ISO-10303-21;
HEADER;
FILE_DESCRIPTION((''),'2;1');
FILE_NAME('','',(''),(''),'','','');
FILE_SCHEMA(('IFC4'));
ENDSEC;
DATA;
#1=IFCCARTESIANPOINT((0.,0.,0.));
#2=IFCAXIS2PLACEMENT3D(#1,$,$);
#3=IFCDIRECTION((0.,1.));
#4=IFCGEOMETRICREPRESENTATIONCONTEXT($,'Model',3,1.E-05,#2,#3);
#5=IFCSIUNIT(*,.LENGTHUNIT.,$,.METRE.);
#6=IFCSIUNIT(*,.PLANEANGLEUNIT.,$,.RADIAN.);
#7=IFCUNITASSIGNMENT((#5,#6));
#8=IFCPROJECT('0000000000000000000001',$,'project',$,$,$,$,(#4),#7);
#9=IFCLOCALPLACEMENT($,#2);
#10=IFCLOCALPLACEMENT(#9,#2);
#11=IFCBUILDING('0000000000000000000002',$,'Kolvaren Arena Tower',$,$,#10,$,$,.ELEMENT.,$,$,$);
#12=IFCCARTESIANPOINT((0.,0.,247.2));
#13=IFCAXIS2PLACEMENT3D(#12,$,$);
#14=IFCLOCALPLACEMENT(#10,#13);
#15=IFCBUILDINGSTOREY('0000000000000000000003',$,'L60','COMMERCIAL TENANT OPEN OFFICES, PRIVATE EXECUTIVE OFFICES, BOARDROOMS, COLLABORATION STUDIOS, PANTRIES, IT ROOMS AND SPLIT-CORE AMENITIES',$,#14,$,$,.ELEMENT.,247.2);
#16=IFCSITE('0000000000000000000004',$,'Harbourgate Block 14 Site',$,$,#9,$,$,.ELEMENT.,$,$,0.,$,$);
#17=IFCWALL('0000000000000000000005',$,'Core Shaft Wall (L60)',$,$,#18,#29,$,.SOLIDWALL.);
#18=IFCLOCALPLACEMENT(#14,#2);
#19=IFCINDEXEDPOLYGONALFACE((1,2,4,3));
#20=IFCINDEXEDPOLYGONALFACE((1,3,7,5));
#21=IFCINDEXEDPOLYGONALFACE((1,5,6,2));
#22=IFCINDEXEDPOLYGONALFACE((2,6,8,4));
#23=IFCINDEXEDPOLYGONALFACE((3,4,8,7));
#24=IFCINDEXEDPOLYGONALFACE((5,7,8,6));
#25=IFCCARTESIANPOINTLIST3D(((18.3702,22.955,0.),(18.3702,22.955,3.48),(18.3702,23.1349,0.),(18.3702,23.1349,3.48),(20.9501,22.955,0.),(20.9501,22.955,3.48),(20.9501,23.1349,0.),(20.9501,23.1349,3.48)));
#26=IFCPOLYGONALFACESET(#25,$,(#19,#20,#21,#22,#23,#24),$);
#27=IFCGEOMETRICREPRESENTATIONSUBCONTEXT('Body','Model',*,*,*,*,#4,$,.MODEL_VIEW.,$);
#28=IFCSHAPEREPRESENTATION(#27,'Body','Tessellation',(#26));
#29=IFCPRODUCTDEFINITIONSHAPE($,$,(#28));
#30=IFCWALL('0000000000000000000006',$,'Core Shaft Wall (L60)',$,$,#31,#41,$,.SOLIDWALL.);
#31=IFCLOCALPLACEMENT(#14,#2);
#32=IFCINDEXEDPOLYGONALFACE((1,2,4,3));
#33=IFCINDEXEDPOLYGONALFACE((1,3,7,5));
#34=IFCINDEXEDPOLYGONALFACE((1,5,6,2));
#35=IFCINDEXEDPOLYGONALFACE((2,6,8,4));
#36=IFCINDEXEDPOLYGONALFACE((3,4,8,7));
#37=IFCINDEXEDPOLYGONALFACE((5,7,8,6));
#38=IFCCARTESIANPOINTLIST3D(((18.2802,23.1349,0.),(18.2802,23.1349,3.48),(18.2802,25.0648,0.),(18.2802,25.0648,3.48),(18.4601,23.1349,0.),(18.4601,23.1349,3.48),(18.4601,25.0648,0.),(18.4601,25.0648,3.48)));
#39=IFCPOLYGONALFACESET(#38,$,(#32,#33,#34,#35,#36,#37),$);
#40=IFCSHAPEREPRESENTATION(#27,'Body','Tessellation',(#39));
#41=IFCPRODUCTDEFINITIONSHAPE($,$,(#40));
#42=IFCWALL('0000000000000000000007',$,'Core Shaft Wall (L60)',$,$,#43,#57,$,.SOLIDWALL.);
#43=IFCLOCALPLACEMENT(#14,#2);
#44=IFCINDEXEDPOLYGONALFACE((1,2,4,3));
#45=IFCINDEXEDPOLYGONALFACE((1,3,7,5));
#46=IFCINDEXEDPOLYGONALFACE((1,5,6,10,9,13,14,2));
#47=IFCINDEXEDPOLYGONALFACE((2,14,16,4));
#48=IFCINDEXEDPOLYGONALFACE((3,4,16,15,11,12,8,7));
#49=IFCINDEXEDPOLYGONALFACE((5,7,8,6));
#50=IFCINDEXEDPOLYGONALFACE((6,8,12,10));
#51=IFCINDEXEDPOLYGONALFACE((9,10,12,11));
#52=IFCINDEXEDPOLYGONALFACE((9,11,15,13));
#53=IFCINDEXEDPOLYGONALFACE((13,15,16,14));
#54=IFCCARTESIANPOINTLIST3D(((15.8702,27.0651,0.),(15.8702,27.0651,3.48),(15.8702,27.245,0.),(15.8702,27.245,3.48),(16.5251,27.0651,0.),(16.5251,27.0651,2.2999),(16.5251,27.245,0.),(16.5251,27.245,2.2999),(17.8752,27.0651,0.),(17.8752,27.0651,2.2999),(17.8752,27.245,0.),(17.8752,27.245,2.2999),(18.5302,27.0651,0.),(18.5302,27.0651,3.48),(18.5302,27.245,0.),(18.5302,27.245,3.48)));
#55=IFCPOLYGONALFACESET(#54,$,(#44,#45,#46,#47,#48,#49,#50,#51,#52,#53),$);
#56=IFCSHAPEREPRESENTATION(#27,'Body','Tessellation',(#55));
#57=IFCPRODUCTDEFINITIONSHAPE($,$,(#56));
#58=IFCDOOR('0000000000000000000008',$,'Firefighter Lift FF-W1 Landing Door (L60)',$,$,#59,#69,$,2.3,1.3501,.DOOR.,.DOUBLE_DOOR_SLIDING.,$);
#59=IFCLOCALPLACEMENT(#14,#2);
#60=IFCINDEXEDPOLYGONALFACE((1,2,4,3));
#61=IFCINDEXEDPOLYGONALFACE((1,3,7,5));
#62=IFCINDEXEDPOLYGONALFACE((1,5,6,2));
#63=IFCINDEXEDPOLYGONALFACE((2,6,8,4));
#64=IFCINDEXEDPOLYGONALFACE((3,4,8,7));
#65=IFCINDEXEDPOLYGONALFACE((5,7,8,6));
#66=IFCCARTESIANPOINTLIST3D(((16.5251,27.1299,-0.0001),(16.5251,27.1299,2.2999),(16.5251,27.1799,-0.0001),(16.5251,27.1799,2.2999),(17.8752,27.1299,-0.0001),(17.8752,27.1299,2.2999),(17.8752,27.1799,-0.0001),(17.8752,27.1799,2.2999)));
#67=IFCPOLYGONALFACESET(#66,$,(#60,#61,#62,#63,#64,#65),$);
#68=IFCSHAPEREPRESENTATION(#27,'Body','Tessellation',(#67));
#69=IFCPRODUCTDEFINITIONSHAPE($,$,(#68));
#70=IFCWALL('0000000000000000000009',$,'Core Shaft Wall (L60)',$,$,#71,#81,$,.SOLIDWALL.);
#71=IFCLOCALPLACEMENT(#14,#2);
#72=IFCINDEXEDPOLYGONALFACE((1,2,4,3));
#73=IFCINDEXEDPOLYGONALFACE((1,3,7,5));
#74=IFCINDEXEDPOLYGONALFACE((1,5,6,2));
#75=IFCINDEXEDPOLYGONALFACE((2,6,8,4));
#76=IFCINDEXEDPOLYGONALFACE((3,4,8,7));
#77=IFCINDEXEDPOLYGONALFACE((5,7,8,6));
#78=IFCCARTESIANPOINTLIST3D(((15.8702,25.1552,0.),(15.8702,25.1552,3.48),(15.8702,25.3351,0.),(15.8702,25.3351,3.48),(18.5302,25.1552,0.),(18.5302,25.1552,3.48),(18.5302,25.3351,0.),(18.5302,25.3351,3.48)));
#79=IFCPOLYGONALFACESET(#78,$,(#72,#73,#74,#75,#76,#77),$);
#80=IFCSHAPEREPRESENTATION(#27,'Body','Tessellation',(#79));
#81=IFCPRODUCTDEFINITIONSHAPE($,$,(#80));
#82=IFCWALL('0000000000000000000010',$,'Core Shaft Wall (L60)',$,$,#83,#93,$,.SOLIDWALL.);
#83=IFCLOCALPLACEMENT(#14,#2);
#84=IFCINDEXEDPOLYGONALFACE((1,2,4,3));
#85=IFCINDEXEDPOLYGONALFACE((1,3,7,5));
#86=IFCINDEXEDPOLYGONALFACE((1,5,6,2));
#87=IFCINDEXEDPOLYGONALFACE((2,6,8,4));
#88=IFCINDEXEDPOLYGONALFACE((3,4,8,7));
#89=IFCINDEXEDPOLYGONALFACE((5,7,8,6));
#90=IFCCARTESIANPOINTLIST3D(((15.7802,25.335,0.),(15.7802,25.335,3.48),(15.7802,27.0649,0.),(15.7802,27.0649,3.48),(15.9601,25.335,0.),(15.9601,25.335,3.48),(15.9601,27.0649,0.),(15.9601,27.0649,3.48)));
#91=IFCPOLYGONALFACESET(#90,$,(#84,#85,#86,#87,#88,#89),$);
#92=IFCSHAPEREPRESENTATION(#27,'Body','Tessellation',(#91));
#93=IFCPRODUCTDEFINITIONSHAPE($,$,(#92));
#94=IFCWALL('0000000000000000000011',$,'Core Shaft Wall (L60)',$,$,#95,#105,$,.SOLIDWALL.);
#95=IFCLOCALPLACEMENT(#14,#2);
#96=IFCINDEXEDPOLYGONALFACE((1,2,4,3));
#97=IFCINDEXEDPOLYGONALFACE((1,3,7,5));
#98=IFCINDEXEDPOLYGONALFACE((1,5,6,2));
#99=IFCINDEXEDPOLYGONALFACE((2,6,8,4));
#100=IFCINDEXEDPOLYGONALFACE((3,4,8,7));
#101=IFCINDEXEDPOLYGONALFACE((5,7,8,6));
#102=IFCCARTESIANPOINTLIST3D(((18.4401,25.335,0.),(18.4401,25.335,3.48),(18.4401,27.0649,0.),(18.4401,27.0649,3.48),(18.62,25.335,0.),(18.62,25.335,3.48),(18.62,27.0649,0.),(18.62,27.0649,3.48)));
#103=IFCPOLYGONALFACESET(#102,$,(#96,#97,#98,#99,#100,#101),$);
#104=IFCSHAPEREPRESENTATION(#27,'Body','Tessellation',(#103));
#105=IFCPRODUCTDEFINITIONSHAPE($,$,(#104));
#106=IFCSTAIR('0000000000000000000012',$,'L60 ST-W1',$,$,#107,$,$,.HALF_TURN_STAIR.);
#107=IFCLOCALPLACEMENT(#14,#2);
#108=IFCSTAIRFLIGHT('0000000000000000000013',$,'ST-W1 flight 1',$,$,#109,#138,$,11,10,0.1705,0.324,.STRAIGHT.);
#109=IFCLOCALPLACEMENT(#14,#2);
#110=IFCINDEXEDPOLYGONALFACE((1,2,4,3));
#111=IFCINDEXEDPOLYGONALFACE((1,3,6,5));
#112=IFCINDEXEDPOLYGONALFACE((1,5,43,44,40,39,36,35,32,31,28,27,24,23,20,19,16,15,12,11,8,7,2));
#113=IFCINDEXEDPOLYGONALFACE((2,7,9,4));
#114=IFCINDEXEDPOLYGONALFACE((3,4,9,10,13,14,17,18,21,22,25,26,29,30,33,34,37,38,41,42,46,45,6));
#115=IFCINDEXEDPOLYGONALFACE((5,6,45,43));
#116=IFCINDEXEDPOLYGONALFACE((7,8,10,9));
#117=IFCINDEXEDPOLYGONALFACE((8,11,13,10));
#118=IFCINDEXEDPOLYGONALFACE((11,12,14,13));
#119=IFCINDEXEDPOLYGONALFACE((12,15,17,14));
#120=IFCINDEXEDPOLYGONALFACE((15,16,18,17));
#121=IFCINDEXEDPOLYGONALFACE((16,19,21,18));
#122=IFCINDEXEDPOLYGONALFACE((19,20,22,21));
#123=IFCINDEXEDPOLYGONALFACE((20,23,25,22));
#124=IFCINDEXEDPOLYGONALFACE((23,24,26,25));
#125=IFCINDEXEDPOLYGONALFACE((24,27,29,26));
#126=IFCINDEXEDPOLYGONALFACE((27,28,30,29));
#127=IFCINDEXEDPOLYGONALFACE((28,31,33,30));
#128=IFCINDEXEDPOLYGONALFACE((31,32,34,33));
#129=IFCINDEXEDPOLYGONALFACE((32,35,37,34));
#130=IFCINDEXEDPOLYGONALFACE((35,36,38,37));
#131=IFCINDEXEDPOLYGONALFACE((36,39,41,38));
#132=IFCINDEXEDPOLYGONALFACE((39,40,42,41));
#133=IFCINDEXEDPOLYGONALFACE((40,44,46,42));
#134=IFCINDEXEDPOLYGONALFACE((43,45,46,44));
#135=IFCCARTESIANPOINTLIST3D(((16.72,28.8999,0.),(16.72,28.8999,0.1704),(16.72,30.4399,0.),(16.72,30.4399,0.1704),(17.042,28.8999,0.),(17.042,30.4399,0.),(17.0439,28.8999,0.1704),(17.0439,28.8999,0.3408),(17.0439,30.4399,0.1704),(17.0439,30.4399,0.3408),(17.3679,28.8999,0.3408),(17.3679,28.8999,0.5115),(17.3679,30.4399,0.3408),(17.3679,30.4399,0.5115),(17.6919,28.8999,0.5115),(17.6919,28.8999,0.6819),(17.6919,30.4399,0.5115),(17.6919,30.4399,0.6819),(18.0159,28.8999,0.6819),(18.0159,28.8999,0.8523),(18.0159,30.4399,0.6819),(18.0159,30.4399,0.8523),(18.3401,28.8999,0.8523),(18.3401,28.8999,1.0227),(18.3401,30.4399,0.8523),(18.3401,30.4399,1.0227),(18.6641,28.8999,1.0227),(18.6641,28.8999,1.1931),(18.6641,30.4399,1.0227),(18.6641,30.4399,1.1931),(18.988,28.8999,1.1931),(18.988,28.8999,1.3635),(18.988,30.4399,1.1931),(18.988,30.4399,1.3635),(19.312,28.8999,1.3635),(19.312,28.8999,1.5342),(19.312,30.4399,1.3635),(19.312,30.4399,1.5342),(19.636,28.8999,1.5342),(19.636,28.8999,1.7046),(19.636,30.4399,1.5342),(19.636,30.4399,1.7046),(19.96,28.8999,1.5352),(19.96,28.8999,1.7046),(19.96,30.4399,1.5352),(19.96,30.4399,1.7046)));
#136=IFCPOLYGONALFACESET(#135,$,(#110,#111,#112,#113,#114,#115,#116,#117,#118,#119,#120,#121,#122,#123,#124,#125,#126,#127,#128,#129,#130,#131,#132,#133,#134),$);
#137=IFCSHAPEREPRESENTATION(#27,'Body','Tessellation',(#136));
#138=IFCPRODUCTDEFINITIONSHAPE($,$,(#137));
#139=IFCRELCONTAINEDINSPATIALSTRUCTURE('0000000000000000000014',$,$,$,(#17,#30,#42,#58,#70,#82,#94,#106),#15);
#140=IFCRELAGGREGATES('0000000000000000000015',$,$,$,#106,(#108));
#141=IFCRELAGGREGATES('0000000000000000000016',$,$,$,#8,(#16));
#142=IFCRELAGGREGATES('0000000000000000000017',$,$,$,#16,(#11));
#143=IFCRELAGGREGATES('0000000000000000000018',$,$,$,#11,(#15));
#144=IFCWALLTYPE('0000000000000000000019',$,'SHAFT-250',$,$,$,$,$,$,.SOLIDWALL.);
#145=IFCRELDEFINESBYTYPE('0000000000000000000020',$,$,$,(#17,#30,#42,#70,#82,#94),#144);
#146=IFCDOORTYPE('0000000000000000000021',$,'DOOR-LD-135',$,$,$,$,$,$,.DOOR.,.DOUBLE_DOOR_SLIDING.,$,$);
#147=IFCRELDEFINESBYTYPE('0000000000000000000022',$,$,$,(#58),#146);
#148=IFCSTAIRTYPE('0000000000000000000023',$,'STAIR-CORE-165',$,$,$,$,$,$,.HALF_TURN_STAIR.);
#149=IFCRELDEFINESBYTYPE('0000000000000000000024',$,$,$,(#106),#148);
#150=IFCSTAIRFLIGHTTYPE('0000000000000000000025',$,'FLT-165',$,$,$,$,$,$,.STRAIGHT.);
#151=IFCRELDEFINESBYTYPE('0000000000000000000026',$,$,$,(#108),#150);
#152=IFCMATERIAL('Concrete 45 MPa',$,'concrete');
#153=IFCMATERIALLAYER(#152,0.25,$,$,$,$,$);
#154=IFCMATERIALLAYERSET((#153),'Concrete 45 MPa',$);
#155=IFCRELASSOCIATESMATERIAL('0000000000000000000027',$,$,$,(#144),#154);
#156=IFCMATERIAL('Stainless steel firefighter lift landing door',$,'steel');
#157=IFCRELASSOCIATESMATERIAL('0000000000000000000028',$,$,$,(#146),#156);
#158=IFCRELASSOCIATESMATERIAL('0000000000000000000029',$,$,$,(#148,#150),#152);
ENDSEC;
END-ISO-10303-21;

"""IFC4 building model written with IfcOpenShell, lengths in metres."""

from ifc_helpers import new_model, si_unit, direction, frame, frame_2d, origin, place, context, subcontext, project, spatial, polyline, rectangle, outline, extrude, material, layer, layer_set, type_object, element, fill, aggregate, save


model = new_model("IFC4")

# Units and contexts
model_context = context("Model", 3, precision=1e-05, world=origin(), true_north=direction((0.0, 1.0)))
body_context = subcontext(model_context, "Body", "Model", "MODEL_VIEW")
ifc_project = project(units=[si_unit("LENGTHUNIT", "METRE"), si_unit("PLANEANGLEUNIT", "RADIAN")], contexts=[model_context])

# Site, building, storey
site_placement = place(None, origin())
site = spatial("IfcSite", under=ifc_project, at=site_placement, Name="Harbourgate Block 14 Site", CompositionType="ELEMENT", RefElevation=0.0)
building_placement = place(site_placement, origin())
building = spatial("IfcBuilding", under=site, at=building_placement, Name="Kolvaren Arena Tower", CompositionType="ELEMENT")
storey_placement = place(building_placement, frame((0.0, 0.0, 247.2)))
storey = spatial("IfcBuildingStorey", under=building, at=storey_placement, Name="L60", Description="COMMERCIAL TENANT OPEN OFFICES, PRIVATE EXECUTIVE OFFICES, BOARDROOMS, COLLABORATION STUDIOS, PANTRIES, IT ROOMS AND SPLIT-CORE AMENITIES", CompositionType="ELEMENT", Elevation=247.2)

# Walls
ifc_material_1 = material(Name="Concrete 45 MPa", Category="concrete")
ifc_layer_1 = layer(ifc_material_1, 0.25)
ifc_layer_set_1 = layer_set([ifc_layer_1], Name="Concrete 45 MPa")
wall_type_1 = type_object("IfcWallType", Name="SHAFT-250", PredefinedType="SOLIDWALL", material=ifc_layer_set_1)
for number, where, z_axis, x_axis, name in (
    (1, (18.3701, 23.0449, 0.0), (0.0, 0.0, 1.0), (1.0, 0.0, 0.0), "Core Shaft Wall (L60)"),
):
    element("IfcWall", number, at=place(storey_placement, frame(where, z_axis=z_axis, x_axis=x_axis)), inside=storey, type_object=wall_type_1, Name=name, PredefinedType="SOLIDWALL", context=body_context, shape_type="SweptSolid", body=[
        extrude(rectangle(XDim=2.5798, YDim=0.1799, at=frame_2d((1.29, 0.0))), origin(), (0.0, 0.0, 1.0), 3.48),
    ])
wall_1_placement = place(storey_placement, frame((18.3701, 23.135, 0.0), z_axis=(0.0, 0.0, 1.0), x_axis=(0.0, 1.0, 0.0)))
element("IfcWall", 2, at=wall_1_placement, inside=storey, type_object=wall_type_1, Name="Core Shaft Wall (L60)", PredefinedType="SOLIDWALL", context=body_context, shape_type="SweptSolid", body=[
    extrude(rectangle(XDim=1.9299, YDim=0.1799, at=frame_2d((0.9648, 0.0))), origin(), (0.0, 0.0, 1.0), 3.48),
])

# Wall, opening, door
wall_2_placement = place(storey_placement, frame((15.8701, 27.155, 0.0), z_axis=(0.0, 0.0, 1.0), x_axis=(1.0, 0.0, 0.0)))
wall_2 = element("IfcWall", 3, at=wall_2_placement, inside=storey, type_object=wall_type_1, Name="Core Shaft Wall (L60)", PredefinedType="SOLIDWALL", context=body_context, shape_type="SweptSolid", body=[
    extrude(rectangle(XDim=2.6599, YDim=0.1799, at=frame_2d((1.3301, 0.0))), origin(), (0.0, 0.0, 1.0), 3.48),
])
opening_1_placement = place(wall_2_placement, frame((0.655, 0.0, 0.0)))
opening_1 = element("IfcOpeningElement", 4, at=opening_1_placement, cuts=wall_2, PredefinedType="OPENING", context=body_context, shape_type="SweptSolid", body=[
    extrude(rectangle(XDim=1.3501, YDim=2.3, at=frame_2d((0.675, 1.1499))), frame((0.0, 0.0999, 0.0), z_axis=(0.0, -1.0, 0.0), x_axis=(1.0, 0.0, 0.0)), (0.0, 0.0, 1.0), 0.2),
])
ifc_material_2 = material(Name="Stainless steel firefighter lift landing door", Category="steel")
door_type_1 = type_object("IfcDoorType", Name="DOOR-LD-135", OperationType="DOUBLE_DOOR_SLIDING", PredefinedType="DOOR", material=ifc_material_2)
door_1_placement = place(opening_1_placement, origin())
door_1 = element("IfcDoor", 5, at=door_1_placement, inside=storey, type_object=door_type_1, Name="Firefighter Lift FF-W1 Landing Door (L60)", OperationType="DOUBLE_DOOR_SLIDING", OverallHeight=2.3, OverallWidth=1.3501, PredefinedType="DOOR", context=body_context, shape_type="SweptSolid", body=[
    extrude(rectangle(XDim=1.3501, YDim=2.3, at=frame_2d((0.675, 1.1499))), frame((0.0, 0.0249, 0.0), z_axis=(0.0, -1.0, 0.0), x_axis=(1.0, 0.0, 0.0)), (0.0, 0.0, 1.0), 0.05),
])
fill(opening_1, door_1)

# Walls
wall_3_placement = place(storey_placement, frame((15.8701, 25.2451, 0.0), z_axis=(0.0, 0.0, 1.0), x_axis=(1.0, 0.0, 0.0)))
element("IfcWall", 6, at=wall_3_placement, inside=storey, type_object=wall_type_1, Name="Core Shaft Wall (L60)", PredefinedType="SOLIDWALL", context=body_context, shape_type="SweptSolid", body=[
    extrude(rectangle(XDim=2.6599, YDim=0.1799, at=frame_2d((1.3301, 0.0))), origin(), (0.0, 0.0, 1.0), 3.48),
])
for number, where, z_axis, x_axis, name in (
    (7, (15.8701, 25.335, 0.0), (0.0, 0.0, 1.0), (0.0, 1.0, 0.0), "Core Shaft Wall (L60)"),
    (8, (18.53, 25.335, 0.0), (0.0, 0.0, 1.0), (0.0, 1.0, 0.0), "Core Shaft Wall (L60)"),
):
    element("IfcWall", number, at=place(storey_placement, frame(where, z_axis=z_axis, x_axis=x_axis)), inside=storey, type_object=wall_type_1, Name=name, PredefinedType="SOLIDWALL", context=body_context, shape_type="SweptSolid", body=[
        extrude(rectangle(XDim=1.73, YDim=0.1799, at=frame_2d((0.865, 0.0))), origin(), (0.0, 0.0, 1.0), 3.48),
    ])

# Stair, stair flight
stair_type = type_object("IfcStairType", Name="STAIR-CORE-165", PredefinedType="HALF_TURN_STAIR", material=ifc_material_1)
stair_placement = place(storey_placement, origin())
stair = element("IfcStair", 9, at=stair_placement, inside=storey, type_object=stair_type, Name="L60 ST-W1", PredefinedType="HALF_TURN_STAIR")
stair_flight_type = type_object("IfcStairFlightType", Name="FLT-165", PredefinedType="STRAIGHT", material=ifc_material_1)
stair_flight_placement = place(storey_placement, frame((16.72, 29.6699, 0.0), z_axis=(0.0, 0.0, 1.0), x_axis=(1.0, 0.0, 0.0)))
stair_flight = element("IfcStairFlight", 10, at=stair_flight_placement, type_object=stair_flight_type, Name="ST-W1 flight 1", NumberOfRisers=11, NumberOfTreads=10, PredefinedType="STRAIGHT", RiserHeight=0.1705, TreadLength=0.324, context=body_context, shape_type="SweptSolid", body=[
    extrude(outline(polyline([(0.0, 0.0), (0.0, 0.1704), (0.324, 0.1704), (0.324, 0.3408), (0.6479, 0.3408), (0.6479, 0.5115), (0.9719, 0.5115), (0.9719, 0.6819), (1.2959, 0.6819), (1.2959, 0.8523), (1.6201, 0.8523), (1.6201, 1.0227), (1.9441, 1.0227), (1.9441, 1.1931), (2.2681, 1.1931), (2.2681, 1.3635), (2.592, 1.3635), (2.592, 1.5342), (2.916, 1.5342), (2.916, 1.7046), (3.24, 1.7046), (3.24, 1.875), (3.24, 1.5352), (0.322, 0.0), (0.0, 0.0)])), frame((0.0, 0.77, 0.0), z_axis=(0.0, -1.0, 0.0), x_axis=(1.0, 0.0, 0.0)), (0.0, 0.0, 1.0), 1.54),
])
aggregate(stair, [stair_flight])

save(model, "model.ifc")
